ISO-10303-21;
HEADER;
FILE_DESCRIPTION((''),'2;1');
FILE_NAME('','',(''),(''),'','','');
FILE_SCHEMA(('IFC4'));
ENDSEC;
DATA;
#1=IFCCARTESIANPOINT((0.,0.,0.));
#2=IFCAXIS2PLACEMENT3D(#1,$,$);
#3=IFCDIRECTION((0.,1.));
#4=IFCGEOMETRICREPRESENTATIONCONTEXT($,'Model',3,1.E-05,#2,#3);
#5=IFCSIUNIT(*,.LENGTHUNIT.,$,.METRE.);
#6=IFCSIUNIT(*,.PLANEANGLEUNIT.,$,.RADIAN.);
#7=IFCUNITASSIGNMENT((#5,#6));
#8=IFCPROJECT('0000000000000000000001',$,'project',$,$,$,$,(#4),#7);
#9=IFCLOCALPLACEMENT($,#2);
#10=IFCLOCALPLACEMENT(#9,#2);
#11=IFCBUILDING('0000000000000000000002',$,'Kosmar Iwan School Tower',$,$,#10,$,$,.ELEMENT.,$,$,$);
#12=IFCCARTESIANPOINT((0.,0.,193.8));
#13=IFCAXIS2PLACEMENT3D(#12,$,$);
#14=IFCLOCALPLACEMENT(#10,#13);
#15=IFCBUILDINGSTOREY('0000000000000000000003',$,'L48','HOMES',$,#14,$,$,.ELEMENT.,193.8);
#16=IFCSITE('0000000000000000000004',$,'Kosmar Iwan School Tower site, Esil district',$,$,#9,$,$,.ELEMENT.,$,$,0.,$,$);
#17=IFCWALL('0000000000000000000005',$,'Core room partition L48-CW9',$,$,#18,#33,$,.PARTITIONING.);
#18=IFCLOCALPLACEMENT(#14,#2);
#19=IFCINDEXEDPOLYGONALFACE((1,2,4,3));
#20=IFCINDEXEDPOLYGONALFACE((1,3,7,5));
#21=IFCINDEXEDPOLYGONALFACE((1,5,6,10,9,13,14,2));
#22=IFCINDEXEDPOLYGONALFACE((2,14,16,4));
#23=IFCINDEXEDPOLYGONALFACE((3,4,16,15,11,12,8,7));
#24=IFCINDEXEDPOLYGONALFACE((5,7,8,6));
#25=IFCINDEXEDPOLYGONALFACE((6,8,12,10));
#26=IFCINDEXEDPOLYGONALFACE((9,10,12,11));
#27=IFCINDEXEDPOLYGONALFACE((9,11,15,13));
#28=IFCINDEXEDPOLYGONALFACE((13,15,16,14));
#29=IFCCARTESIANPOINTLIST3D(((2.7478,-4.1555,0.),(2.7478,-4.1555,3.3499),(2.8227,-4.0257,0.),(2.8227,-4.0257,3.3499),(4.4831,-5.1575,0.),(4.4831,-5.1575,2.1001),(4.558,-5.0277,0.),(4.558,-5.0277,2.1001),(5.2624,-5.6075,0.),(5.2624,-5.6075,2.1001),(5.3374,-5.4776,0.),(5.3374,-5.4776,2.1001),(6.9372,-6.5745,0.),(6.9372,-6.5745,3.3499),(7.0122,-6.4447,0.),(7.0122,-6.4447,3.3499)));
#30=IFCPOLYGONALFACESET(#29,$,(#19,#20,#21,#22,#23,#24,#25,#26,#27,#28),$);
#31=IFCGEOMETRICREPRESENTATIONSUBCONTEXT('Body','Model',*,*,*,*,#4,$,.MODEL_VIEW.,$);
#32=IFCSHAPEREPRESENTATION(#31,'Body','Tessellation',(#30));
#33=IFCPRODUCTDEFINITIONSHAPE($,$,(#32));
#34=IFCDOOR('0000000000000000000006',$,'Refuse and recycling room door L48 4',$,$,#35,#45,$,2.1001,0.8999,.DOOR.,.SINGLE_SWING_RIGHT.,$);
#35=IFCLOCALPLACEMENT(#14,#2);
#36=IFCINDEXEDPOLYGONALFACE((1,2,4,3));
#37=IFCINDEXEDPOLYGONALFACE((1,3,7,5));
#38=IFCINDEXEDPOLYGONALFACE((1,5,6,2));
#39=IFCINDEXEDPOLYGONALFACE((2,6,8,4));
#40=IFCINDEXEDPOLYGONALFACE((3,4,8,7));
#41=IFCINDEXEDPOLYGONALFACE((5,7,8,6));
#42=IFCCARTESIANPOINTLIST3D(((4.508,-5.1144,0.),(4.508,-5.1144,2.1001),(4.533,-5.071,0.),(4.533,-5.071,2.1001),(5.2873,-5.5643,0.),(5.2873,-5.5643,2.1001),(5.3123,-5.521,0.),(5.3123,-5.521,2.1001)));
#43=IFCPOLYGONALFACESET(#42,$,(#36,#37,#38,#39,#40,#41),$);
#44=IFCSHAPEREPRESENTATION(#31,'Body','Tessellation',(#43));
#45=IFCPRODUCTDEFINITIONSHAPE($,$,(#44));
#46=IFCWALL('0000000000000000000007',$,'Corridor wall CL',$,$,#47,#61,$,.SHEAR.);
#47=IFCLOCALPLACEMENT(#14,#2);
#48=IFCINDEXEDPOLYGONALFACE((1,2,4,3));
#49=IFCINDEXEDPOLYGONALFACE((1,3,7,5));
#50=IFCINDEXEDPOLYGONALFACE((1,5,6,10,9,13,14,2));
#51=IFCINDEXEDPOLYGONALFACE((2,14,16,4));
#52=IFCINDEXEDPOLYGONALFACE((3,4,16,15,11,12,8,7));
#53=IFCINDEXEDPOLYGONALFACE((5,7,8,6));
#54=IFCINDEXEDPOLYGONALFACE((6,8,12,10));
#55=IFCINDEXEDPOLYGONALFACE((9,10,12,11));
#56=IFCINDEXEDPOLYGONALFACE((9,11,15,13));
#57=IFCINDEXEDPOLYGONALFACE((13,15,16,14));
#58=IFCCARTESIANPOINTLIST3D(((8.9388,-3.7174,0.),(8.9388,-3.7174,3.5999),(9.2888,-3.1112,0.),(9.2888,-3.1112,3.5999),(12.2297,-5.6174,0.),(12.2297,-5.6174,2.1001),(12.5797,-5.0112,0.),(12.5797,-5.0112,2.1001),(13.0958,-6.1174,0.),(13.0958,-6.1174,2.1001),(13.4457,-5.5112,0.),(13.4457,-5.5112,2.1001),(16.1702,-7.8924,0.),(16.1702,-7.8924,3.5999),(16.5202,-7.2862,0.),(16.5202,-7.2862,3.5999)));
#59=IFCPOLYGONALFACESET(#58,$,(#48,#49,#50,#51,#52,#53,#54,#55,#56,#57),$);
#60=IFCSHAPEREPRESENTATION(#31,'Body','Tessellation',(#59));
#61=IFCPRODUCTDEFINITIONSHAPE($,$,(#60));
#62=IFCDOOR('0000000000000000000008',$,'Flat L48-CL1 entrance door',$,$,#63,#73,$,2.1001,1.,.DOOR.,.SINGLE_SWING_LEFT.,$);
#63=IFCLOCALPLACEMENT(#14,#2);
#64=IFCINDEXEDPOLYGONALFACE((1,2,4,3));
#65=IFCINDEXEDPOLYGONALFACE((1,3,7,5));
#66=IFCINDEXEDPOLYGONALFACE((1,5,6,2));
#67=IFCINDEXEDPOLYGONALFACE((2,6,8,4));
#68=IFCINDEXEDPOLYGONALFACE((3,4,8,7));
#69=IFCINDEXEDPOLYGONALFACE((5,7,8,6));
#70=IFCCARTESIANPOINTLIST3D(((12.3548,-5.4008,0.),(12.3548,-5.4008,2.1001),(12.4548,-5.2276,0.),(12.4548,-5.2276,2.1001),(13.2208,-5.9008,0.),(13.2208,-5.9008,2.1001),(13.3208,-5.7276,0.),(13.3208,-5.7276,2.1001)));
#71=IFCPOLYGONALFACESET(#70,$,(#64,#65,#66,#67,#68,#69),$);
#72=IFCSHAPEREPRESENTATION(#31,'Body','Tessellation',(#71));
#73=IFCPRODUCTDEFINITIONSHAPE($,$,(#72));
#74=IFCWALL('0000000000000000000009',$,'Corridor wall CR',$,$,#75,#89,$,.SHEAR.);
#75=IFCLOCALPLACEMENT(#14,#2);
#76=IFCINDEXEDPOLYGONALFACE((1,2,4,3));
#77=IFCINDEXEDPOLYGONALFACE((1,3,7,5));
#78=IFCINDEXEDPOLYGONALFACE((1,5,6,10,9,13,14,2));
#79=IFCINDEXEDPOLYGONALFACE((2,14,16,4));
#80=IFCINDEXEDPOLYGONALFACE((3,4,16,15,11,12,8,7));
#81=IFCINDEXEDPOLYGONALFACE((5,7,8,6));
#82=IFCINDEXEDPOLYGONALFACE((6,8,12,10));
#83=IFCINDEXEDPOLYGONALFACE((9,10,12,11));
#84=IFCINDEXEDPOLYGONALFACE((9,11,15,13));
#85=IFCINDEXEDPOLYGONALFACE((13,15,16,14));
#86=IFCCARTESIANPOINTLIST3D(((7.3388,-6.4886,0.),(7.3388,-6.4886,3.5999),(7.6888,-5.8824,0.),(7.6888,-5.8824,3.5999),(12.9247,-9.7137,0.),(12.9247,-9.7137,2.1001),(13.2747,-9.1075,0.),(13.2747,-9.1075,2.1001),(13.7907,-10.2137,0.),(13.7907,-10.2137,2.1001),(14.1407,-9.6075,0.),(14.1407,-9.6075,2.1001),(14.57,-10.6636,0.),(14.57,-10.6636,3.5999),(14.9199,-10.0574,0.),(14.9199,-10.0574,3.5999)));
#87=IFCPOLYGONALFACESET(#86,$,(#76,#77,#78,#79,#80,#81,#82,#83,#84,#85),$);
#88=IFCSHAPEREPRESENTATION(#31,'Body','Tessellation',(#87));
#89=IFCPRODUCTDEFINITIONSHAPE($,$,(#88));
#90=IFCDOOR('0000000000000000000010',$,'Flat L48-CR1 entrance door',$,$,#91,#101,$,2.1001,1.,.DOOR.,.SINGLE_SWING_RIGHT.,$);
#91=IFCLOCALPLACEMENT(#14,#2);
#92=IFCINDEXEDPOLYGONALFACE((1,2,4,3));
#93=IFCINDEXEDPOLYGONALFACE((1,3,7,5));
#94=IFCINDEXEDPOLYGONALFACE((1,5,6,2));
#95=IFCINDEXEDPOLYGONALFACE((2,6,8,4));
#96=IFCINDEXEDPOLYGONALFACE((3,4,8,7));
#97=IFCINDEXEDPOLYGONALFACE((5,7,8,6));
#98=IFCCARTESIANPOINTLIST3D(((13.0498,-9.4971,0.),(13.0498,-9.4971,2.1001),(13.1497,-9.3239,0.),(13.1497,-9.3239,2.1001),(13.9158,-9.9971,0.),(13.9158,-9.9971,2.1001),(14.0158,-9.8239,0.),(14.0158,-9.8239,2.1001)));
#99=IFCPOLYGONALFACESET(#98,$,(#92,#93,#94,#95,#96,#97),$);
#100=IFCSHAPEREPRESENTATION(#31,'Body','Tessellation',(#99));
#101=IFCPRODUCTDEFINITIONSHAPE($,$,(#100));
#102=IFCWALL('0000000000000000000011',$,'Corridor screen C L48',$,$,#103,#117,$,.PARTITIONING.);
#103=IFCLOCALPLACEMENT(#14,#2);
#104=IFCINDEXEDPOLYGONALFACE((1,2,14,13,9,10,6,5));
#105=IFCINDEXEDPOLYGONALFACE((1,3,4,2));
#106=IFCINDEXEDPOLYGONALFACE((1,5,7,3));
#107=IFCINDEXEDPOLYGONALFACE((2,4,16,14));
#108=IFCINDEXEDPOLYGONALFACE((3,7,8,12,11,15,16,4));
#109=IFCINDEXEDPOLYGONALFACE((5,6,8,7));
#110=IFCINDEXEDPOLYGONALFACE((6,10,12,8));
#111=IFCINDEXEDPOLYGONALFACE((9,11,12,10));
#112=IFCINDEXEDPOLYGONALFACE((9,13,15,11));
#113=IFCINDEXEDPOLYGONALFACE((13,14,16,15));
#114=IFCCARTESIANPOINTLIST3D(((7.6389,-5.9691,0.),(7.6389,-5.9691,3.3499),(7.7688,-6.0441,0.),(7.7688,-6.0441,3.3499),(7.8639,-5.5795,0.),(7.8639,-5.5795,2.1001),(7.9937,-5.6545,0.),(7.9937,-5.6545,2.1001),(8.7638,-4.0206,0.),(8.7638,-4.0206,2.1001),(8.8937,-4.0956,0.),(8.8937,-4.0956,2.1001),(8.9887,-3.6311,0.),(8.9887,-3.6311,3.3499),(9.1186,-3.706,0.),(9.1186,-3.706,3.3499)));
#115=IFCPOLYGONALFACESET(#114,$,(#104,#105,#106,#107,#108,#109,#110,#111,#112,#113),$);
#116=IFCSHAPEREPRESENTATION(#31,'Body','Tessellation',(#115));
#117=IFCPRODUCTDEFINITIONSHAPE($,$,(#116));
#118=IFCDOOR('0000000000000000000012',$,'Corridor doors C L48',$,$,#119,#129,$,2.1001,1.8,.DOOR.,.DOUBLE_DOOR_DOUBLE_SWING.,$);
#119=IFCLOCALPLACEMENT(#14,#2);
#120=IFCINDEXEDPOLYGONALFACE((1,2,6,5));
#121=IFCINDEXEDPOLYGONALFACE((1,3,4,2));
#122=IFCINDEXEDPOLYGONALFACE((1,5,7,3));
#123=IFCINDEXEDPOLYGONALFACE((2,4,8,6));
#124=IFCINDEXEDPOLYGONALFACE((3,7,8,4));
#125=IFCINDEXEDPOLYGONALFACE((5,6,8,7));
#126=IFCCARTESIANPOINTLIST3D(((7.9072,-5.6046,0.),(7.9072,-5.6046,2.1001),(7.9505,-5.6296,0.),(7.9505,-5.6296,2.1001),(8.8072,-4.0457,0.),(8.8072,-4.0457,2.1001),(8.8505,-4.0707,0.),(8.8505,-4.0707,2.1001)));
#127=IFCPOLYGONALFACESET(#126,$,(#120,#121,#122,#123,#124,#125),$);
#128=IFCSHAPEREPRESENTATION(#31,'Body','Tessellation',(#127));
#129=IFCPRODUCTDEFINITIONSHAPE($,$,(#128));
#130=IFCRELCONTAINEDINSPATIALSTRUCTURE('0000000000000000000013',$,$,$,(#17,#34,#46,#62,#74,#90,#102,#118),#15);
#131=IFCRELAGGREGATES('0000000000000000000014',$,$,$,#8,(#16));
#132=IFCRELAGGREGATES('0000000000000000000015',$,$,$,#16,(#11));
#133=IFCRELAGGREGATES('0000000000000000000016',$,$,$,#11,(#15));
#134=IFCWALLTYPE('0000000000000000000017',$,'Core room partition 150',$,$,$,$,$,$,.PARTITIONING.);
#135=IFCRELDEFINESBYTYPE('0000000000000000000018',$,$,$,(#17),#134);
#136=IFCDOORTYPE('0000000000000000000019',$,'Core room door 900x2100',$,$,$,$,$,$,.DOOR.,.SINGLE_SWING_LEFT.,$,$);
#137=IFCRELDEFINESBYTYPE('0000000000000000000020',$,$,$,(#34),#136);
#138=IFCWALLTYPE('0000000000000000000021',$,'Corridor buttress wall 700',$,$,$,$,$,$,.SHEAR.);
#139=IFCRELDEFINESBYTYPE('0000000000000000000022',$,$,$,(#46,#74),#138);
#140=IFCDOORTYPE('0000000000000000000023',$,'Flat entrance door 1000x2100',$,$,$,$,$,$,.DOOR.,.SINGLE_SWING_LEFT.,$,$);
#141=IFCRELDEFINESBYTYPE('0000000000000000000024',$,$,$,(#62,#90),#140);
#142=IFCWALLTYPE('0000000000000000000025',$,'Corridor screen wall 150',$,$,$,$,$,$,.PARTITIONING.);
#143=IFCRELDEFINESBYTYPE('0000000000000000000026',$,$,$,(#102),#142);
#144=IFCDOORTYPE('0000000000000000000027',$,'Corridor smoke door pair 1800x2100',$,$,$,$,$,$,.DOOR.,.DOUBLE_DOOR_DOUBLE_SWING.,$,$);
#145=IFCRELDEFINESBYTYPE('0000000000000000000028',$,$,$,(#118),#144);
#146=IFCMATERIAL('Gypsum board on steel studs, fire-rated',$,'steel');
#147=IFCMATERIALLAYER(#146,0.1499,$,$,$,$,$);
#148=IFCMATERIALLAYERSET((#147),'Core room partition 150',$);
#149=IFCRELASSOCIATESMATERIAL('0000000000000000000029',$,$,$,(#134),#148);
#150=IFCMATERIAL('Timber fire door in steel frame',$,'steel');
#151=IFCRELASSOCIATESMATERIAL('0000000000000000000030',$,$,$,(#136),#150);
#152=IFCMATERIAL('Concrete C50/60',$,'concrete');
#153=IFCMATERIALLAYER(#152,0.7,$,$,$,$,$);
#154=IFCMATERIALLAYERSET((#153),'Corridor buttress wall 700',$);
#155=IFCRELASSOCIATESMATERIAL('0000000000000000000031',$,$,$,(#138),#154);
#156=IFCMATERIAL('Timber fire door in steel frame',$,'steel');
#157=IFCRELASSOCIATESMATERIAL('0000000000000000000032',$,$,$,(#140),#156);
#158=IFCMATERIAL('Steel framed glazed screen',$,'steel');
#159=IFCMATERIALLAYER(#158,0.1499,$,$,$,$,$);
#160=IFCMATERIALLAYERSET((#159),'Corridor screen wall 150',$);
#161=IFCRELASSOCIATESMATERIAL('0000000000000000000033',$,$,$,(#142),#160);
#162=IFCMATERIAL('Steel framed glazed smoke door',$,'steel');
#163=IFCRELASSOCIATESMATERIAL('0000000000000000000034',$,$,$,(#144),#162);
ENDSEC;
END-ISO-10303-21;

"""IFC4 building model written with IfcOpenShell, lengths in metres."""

from ifc_helpers import new_model, si_unit, direction, frame, frame_2d, origin, place, context, subcontext, project, spatial, rectangle, extrude, material, layer, layer_set, type_object, element, fill, save


model = new_model("IFC4")

# Units and contexts
model_context = context("Model", 3, precision=1e-05, world=origin(), true_north=direction((0.0, 1.0)))
body_context = subcontext(model_context, "Body", "Model", "MODEL_VIEW")
ifc_project = project(units=[si_unit("LENGTHUNIT", "METRE"), si_unit("PLANEANGLEUNIT", "RADIAN")], contexts=[model_context])

# Site, building, storey
site_placement = place(None, origin())
site = spatial("IfcSite", under=ifc_project, at=site_placement, Name="Kosmar Iwan School Tower site, Esil district", CompositionType="ELEMENT", RefElevation=0.0)
building_placement = place(site_placement, origin())
building = spatial("IfcBuilding", under=site, at=building_placement, Name="Kosmar Iwan School Tower", CompositionType="ELEMENT")
storey_placement = place(building_placement, frame((0.0, 0.0, 193.8)))
storey = spatial("IfcBuildingStorey", under=building, at=storey_placement, Name="L48", Description="HOMES", CompositionType="ELEMENT", Elevation=193.8)

# Walls, openings, doors
ifc_material_1 = material(Name="Gypsum board on steel studs, fire-rated", Category="steel")
ifc_layer_1 = layer(ifc_material_1, 0.1499)
ifc_layer_set_1 = layer_set([ifc_layer_1], Name="Core room partition 150")
wall_type_1 = type_object("IfcWallType", Name="Core room partition 150", PredefinedType="PARTITIONING", material=ifc_layer_set_1)
wall_1_placement = place(storey_placement, frame((2.7852, -4.0906, 0.0), z_axis=(0.0, 0.0, 1.0), x_axis=(0.866011, -0.500025, 0.0)))
wall_1 = element("IfcWall", 1, at=wall_1_placement, inside=storey, type_object=wall_type_1, Name="Core room partition L48-CW9", PredefinedType="PARTITIONING", context=body_context, shape_type="SweptSolid", body=[
    extrude(rectangle(XDim=4.8376, YDim=0.1499, at=frame_2d((2.4189, 0.0))), origin(), (0.0, 0.0, 1.0), 3.3499),
])
opening_1_placement = place(wall_1_placement, frame((2.0039, 0.0, 0.0)))
opening_1 = element("IfcOpeningElement", 2, at=opening_1_placement, cuts=wall_1, PredefinedType="OPENING", context=body_context, shape_type="SweptSolid", body=[
    extrude(rectangle(XDim=0.8999, YDim=2.1001, at=frame_2d((0.45, 1.05))), frame((0.0, 0.0869, 0.0), z_axis=(0.0, -1.0, 0.0), x_axis=(1.0, 0.0, 0.0)), (0.0, 0.0, 1.0), 0.1738),
])
ifc_material_2 = material(Name="Timber fire door in steel frame", Category="steel")
door_type_1 = type_object("IfcDoorType", Name="Core room door 900x2100", OperationType="SINGLE_SWING_LEFT", PredefinedType="DOOR", material=ifc_material_2)
door_1_placement = place(opening_1_placement, origin())
door_1 = element("IfcDoor", 3, at=door_1_placement, inside=storey, type_object=door_type_1, Name="Refuse and recycling room door L48 4", OperationType="SINGLE_SWING_RIGHT", OverallHeight=2.1001, OverallWidth=0.8999, PredefinedType="DOOR", context=body_context, shape_type="SweptSolid", body=[
    extrude(rectangle(XDim=0.8999, YDim=2.1001, at=frame_2d((0.45, 1.05))), frame((0.0, 0.0249, 0.0), z_axis=(0.0, -1.0, 0.0), x_axis=(1.0, 0.0, 0.0)), (0.0, 0.0, 1.0), 0.05),
])
fill(opening_1, door_1)
ifc_material_3 = material(Name="Concrete C50/60", Category="concrete")
ifc_layer_2 = layer(ifc_material_3, 0.7)
ifc_layer_set_2 = layer_set([ifc_layer_2], Name="Corridor buttress wall 700")
wall_type_2 = type_object("IfcWallType", Name="Corridor buttress wall 700", PredefinedType="SHEAR", material=ifc_layer_set_2)
wall_2_placement = place(storey_placement, frame((9.1138, -3.4143, 0.0), z_axis=(0.0, 0.0, 1.0), x_axis=(0.866027, -0.499997, 0.0)))
wall_2 = element("IfcWall", 4, at=wall_2_placement, inside=storey, type_object=wall_type_2, Name="Corridor wall CL", PredefinedType="SHEAR", context=body_context, shape_type="SweptSolid", body=[
    extrude(rectangle(XDim=8.3501, YDim=0.7, at=frame_2d((4.175, 0.0))), origin(), (0.0, 0.0, 1.0), 3.5999),
])
opening_2_placement = place(wall_2_placement, frame((3.8, 0.0, 0.0)))
opening_2 = element("IfcOpeningElement", 5, at=opening_2_placement, cuts=wall_2, PredefinedType="OPENING", context=body_context, shape_type="SweptSolid", body=[
    extrude(rectangle(XDim=1.0, YDim=2.1001, at=frame_2d((0.5, 1.05))), frame((0.0, 0.3621, 0.0), z_axis=(0.0, -1.0, 0.0), x_axis=(1.0, 0.0, 0.0)), (0.0, 0.0, 1.0), 0.7239),
])
ifc_material_4 = material(Name="Timber fire door in steel frame", Category="steel")
door_type_2 = type_object("IfcDoorType", Name="Flat entrance door 1000x2100", OperationType="SINGLE_SWING_LEFT", PredefinedType="DOOR", material=ifc_material_4)
door_2_placement = place(opening_2_placement, origin())
door_2 = element("IfcDoor", 6, at=door_2_placement, inside=storey, type_object=door_type_2, Name="Flat L48-CL1 entrance door", OperationType="SINGLE_SWING_LEFT", OverallHeight=2.1001, OverallWidth=1.0, PredefinedType="DOOR", context=body_context, shape_type="SweptSolid", body=[
    extrude(rectangle(XDim=1.0, YDim=2.1001, at=frame_2d((0.5, 1.05))), frame((0.0, 0.1001, 0.0), z_axis=(0.0, -1.0, 0.0), x_axis=(1.0, 0.0, 0.0)), (0.0, 0.0, 1.0), 0.2),
])
fill(opening_2, door_2)
wall_3_placement = place(storey_placement, frame((7.5139, -6.1855, 0.0), z_axis=(0.0, 0.0, 1.0), x_axis=(0.86602, -0.50001, 0.0)))
wall_3 = element("IfcWall", 7, at=wall_3_placement, inside=storey, type_object=wall_type_2, Name="Corridor wall CR", PredefinedType="SHEAR", context=body_context, shape_type="SweptSolid", body=[
    extrude(rectangle(XDim=8.3499, YDim=0.7, at=frame_2d((4.1748, 0.0))), origin(), (0.0, 0.0, 1.0), 3.5999),
])
opening_3_placement = place(wall_3_placement, frame((6.45, 0.0, 0.0)))
opening_3 = element("IfcOpeningElement", 8, at=opening_3_placement, cuts=wall_3, PredefinedType="OPENING", context=body_context, shape_type="SweptSolid", body=[
    extrude(rectangle(XDim=1.0, YDim=2.1001, at=frame_2d((0.5, 1.05))), frame((0.0, 0.3621, 0.0), z_axis=(0.0, -1.0, 0.0), x_axis=(1.0, 0.0, 0.0)), (0.0, 0.0, 1.0), 0.7239),
])
door_3_placement = place(opening_3_placement, origin())
door_3 = element("IfcDoor", 9, at=door_3_placement, inside=storey, type_object=door_type_2, Name="Flat L48-CR1 entrance door", OperationType="SINGLE_SWING_RIGHT", OverallHeight=2.1001, OverallWidth=1.0, PredefinedType="DOOR", context=body_context, shape_type="SweptSolid", body=[
    extrude(rectangle(XDim=1.0, YDim=2.1001, at=frame_2d((0.5, 1.05))), frame((0.0, 0.1001, 0.0), z_axis=(0.0, -1.0, 0.0), x_axis=(1.0, 0.0, 0.0)), (0.0, 0.0, 1.0), 0.2),
])
fill(opening_3, door_3)
ifc_material_5 = material(Name="Steel framed glazed screen", Category="steel")
ifc_layer_3 = layer(ifc_material_5, 0.1499)
ifc_layer_set_3 = layer_set([ifc_layer_3], Name="Corridor screen wall 150")
wall_type_3 = type_object("IfcWallType", Name="Corridor screen wall 150", PredefinedType="PARTITIONING", material=ifc_layer_set_3)
wall_4_placement = place(storey_placement, frame((7.7039, -6.0066, 0.0), z_axis=(0.0, 0.0, 1.0), x_axis=(0.499981, 0.866037, 0.0)))
wall_4 = element("IfcWall", 10, at=wall_4_placement, inside=storey, type_object=wall_type_3, Name="Corridor screen C L48", PredefinedType="PARTITIONING", context=body_context, shape_type="SweptSolid", body=[
    extrude(rectangle(XDim=2.6997, YDim=0.1499, at=frame_2d((1.3499, 0.0))), origin(), (0.0, 0.0, 1.0), 3.3499),
])
opening_4_placement = place(wall_4_placement, frame((0.45, 0.0, 0.0)))
opening_4 = element("IfcOpeningElement", 11, at=opening_4_placement, cuts=wall_4, PredefinedType="OPENING", context=body_context, shape_type="SweptSolid", body=[
    extrude(rectangle(XDim=1.8, YDim=2.1001, at=frame_2d((0.8999, 1.05))), frame((0.0, 0.0869, 0.0), z_axis=(0.0, -1.0, 0.0), x_axis=(1.0, 0.0, 0.0)), (0.0, 0.0, 1.0), 0.1738),
])
ifc_material_6 = material(Name="Steel framed glazed smoke door", Category="steel")
door_type_3 = type_object("IfcDoorType", Name="Corridor smoke door pair 1800x2100", OperationType="DOUBLE_DOOR_DOUBLE_SWING", PredefinedType="DOOR", material=ifc_material_6)
door_4_placement = place(opening_4_placement, origin())
door_4 = element("IfcDoor", 12, at=door_4_placement, inside=storey, type_object=door_type_3, Name="Corridor doors C L48", OperationType="DOUBLE_DOOR_DOUBLE_SWING", OverallHeight=2.1001, OverallWidth=1.8, PredefinedType="DOOR", context=body_context, shape_type="SweptSolid", body=[
    extrude(rectangle(XDim=1.8, YDim=2.1001, at=frame_2d((0.8999, 1.05))), frame((0.0, 0.0249, 0.0), z_axis=(0.0, -1.0, 0.0), x_axis=(1.0, 0.0, 0.0)), (0.0, 0.0, 1.0), 0.05),
])
fill(opening_4, door_4)

save(model, "model.ifc")
